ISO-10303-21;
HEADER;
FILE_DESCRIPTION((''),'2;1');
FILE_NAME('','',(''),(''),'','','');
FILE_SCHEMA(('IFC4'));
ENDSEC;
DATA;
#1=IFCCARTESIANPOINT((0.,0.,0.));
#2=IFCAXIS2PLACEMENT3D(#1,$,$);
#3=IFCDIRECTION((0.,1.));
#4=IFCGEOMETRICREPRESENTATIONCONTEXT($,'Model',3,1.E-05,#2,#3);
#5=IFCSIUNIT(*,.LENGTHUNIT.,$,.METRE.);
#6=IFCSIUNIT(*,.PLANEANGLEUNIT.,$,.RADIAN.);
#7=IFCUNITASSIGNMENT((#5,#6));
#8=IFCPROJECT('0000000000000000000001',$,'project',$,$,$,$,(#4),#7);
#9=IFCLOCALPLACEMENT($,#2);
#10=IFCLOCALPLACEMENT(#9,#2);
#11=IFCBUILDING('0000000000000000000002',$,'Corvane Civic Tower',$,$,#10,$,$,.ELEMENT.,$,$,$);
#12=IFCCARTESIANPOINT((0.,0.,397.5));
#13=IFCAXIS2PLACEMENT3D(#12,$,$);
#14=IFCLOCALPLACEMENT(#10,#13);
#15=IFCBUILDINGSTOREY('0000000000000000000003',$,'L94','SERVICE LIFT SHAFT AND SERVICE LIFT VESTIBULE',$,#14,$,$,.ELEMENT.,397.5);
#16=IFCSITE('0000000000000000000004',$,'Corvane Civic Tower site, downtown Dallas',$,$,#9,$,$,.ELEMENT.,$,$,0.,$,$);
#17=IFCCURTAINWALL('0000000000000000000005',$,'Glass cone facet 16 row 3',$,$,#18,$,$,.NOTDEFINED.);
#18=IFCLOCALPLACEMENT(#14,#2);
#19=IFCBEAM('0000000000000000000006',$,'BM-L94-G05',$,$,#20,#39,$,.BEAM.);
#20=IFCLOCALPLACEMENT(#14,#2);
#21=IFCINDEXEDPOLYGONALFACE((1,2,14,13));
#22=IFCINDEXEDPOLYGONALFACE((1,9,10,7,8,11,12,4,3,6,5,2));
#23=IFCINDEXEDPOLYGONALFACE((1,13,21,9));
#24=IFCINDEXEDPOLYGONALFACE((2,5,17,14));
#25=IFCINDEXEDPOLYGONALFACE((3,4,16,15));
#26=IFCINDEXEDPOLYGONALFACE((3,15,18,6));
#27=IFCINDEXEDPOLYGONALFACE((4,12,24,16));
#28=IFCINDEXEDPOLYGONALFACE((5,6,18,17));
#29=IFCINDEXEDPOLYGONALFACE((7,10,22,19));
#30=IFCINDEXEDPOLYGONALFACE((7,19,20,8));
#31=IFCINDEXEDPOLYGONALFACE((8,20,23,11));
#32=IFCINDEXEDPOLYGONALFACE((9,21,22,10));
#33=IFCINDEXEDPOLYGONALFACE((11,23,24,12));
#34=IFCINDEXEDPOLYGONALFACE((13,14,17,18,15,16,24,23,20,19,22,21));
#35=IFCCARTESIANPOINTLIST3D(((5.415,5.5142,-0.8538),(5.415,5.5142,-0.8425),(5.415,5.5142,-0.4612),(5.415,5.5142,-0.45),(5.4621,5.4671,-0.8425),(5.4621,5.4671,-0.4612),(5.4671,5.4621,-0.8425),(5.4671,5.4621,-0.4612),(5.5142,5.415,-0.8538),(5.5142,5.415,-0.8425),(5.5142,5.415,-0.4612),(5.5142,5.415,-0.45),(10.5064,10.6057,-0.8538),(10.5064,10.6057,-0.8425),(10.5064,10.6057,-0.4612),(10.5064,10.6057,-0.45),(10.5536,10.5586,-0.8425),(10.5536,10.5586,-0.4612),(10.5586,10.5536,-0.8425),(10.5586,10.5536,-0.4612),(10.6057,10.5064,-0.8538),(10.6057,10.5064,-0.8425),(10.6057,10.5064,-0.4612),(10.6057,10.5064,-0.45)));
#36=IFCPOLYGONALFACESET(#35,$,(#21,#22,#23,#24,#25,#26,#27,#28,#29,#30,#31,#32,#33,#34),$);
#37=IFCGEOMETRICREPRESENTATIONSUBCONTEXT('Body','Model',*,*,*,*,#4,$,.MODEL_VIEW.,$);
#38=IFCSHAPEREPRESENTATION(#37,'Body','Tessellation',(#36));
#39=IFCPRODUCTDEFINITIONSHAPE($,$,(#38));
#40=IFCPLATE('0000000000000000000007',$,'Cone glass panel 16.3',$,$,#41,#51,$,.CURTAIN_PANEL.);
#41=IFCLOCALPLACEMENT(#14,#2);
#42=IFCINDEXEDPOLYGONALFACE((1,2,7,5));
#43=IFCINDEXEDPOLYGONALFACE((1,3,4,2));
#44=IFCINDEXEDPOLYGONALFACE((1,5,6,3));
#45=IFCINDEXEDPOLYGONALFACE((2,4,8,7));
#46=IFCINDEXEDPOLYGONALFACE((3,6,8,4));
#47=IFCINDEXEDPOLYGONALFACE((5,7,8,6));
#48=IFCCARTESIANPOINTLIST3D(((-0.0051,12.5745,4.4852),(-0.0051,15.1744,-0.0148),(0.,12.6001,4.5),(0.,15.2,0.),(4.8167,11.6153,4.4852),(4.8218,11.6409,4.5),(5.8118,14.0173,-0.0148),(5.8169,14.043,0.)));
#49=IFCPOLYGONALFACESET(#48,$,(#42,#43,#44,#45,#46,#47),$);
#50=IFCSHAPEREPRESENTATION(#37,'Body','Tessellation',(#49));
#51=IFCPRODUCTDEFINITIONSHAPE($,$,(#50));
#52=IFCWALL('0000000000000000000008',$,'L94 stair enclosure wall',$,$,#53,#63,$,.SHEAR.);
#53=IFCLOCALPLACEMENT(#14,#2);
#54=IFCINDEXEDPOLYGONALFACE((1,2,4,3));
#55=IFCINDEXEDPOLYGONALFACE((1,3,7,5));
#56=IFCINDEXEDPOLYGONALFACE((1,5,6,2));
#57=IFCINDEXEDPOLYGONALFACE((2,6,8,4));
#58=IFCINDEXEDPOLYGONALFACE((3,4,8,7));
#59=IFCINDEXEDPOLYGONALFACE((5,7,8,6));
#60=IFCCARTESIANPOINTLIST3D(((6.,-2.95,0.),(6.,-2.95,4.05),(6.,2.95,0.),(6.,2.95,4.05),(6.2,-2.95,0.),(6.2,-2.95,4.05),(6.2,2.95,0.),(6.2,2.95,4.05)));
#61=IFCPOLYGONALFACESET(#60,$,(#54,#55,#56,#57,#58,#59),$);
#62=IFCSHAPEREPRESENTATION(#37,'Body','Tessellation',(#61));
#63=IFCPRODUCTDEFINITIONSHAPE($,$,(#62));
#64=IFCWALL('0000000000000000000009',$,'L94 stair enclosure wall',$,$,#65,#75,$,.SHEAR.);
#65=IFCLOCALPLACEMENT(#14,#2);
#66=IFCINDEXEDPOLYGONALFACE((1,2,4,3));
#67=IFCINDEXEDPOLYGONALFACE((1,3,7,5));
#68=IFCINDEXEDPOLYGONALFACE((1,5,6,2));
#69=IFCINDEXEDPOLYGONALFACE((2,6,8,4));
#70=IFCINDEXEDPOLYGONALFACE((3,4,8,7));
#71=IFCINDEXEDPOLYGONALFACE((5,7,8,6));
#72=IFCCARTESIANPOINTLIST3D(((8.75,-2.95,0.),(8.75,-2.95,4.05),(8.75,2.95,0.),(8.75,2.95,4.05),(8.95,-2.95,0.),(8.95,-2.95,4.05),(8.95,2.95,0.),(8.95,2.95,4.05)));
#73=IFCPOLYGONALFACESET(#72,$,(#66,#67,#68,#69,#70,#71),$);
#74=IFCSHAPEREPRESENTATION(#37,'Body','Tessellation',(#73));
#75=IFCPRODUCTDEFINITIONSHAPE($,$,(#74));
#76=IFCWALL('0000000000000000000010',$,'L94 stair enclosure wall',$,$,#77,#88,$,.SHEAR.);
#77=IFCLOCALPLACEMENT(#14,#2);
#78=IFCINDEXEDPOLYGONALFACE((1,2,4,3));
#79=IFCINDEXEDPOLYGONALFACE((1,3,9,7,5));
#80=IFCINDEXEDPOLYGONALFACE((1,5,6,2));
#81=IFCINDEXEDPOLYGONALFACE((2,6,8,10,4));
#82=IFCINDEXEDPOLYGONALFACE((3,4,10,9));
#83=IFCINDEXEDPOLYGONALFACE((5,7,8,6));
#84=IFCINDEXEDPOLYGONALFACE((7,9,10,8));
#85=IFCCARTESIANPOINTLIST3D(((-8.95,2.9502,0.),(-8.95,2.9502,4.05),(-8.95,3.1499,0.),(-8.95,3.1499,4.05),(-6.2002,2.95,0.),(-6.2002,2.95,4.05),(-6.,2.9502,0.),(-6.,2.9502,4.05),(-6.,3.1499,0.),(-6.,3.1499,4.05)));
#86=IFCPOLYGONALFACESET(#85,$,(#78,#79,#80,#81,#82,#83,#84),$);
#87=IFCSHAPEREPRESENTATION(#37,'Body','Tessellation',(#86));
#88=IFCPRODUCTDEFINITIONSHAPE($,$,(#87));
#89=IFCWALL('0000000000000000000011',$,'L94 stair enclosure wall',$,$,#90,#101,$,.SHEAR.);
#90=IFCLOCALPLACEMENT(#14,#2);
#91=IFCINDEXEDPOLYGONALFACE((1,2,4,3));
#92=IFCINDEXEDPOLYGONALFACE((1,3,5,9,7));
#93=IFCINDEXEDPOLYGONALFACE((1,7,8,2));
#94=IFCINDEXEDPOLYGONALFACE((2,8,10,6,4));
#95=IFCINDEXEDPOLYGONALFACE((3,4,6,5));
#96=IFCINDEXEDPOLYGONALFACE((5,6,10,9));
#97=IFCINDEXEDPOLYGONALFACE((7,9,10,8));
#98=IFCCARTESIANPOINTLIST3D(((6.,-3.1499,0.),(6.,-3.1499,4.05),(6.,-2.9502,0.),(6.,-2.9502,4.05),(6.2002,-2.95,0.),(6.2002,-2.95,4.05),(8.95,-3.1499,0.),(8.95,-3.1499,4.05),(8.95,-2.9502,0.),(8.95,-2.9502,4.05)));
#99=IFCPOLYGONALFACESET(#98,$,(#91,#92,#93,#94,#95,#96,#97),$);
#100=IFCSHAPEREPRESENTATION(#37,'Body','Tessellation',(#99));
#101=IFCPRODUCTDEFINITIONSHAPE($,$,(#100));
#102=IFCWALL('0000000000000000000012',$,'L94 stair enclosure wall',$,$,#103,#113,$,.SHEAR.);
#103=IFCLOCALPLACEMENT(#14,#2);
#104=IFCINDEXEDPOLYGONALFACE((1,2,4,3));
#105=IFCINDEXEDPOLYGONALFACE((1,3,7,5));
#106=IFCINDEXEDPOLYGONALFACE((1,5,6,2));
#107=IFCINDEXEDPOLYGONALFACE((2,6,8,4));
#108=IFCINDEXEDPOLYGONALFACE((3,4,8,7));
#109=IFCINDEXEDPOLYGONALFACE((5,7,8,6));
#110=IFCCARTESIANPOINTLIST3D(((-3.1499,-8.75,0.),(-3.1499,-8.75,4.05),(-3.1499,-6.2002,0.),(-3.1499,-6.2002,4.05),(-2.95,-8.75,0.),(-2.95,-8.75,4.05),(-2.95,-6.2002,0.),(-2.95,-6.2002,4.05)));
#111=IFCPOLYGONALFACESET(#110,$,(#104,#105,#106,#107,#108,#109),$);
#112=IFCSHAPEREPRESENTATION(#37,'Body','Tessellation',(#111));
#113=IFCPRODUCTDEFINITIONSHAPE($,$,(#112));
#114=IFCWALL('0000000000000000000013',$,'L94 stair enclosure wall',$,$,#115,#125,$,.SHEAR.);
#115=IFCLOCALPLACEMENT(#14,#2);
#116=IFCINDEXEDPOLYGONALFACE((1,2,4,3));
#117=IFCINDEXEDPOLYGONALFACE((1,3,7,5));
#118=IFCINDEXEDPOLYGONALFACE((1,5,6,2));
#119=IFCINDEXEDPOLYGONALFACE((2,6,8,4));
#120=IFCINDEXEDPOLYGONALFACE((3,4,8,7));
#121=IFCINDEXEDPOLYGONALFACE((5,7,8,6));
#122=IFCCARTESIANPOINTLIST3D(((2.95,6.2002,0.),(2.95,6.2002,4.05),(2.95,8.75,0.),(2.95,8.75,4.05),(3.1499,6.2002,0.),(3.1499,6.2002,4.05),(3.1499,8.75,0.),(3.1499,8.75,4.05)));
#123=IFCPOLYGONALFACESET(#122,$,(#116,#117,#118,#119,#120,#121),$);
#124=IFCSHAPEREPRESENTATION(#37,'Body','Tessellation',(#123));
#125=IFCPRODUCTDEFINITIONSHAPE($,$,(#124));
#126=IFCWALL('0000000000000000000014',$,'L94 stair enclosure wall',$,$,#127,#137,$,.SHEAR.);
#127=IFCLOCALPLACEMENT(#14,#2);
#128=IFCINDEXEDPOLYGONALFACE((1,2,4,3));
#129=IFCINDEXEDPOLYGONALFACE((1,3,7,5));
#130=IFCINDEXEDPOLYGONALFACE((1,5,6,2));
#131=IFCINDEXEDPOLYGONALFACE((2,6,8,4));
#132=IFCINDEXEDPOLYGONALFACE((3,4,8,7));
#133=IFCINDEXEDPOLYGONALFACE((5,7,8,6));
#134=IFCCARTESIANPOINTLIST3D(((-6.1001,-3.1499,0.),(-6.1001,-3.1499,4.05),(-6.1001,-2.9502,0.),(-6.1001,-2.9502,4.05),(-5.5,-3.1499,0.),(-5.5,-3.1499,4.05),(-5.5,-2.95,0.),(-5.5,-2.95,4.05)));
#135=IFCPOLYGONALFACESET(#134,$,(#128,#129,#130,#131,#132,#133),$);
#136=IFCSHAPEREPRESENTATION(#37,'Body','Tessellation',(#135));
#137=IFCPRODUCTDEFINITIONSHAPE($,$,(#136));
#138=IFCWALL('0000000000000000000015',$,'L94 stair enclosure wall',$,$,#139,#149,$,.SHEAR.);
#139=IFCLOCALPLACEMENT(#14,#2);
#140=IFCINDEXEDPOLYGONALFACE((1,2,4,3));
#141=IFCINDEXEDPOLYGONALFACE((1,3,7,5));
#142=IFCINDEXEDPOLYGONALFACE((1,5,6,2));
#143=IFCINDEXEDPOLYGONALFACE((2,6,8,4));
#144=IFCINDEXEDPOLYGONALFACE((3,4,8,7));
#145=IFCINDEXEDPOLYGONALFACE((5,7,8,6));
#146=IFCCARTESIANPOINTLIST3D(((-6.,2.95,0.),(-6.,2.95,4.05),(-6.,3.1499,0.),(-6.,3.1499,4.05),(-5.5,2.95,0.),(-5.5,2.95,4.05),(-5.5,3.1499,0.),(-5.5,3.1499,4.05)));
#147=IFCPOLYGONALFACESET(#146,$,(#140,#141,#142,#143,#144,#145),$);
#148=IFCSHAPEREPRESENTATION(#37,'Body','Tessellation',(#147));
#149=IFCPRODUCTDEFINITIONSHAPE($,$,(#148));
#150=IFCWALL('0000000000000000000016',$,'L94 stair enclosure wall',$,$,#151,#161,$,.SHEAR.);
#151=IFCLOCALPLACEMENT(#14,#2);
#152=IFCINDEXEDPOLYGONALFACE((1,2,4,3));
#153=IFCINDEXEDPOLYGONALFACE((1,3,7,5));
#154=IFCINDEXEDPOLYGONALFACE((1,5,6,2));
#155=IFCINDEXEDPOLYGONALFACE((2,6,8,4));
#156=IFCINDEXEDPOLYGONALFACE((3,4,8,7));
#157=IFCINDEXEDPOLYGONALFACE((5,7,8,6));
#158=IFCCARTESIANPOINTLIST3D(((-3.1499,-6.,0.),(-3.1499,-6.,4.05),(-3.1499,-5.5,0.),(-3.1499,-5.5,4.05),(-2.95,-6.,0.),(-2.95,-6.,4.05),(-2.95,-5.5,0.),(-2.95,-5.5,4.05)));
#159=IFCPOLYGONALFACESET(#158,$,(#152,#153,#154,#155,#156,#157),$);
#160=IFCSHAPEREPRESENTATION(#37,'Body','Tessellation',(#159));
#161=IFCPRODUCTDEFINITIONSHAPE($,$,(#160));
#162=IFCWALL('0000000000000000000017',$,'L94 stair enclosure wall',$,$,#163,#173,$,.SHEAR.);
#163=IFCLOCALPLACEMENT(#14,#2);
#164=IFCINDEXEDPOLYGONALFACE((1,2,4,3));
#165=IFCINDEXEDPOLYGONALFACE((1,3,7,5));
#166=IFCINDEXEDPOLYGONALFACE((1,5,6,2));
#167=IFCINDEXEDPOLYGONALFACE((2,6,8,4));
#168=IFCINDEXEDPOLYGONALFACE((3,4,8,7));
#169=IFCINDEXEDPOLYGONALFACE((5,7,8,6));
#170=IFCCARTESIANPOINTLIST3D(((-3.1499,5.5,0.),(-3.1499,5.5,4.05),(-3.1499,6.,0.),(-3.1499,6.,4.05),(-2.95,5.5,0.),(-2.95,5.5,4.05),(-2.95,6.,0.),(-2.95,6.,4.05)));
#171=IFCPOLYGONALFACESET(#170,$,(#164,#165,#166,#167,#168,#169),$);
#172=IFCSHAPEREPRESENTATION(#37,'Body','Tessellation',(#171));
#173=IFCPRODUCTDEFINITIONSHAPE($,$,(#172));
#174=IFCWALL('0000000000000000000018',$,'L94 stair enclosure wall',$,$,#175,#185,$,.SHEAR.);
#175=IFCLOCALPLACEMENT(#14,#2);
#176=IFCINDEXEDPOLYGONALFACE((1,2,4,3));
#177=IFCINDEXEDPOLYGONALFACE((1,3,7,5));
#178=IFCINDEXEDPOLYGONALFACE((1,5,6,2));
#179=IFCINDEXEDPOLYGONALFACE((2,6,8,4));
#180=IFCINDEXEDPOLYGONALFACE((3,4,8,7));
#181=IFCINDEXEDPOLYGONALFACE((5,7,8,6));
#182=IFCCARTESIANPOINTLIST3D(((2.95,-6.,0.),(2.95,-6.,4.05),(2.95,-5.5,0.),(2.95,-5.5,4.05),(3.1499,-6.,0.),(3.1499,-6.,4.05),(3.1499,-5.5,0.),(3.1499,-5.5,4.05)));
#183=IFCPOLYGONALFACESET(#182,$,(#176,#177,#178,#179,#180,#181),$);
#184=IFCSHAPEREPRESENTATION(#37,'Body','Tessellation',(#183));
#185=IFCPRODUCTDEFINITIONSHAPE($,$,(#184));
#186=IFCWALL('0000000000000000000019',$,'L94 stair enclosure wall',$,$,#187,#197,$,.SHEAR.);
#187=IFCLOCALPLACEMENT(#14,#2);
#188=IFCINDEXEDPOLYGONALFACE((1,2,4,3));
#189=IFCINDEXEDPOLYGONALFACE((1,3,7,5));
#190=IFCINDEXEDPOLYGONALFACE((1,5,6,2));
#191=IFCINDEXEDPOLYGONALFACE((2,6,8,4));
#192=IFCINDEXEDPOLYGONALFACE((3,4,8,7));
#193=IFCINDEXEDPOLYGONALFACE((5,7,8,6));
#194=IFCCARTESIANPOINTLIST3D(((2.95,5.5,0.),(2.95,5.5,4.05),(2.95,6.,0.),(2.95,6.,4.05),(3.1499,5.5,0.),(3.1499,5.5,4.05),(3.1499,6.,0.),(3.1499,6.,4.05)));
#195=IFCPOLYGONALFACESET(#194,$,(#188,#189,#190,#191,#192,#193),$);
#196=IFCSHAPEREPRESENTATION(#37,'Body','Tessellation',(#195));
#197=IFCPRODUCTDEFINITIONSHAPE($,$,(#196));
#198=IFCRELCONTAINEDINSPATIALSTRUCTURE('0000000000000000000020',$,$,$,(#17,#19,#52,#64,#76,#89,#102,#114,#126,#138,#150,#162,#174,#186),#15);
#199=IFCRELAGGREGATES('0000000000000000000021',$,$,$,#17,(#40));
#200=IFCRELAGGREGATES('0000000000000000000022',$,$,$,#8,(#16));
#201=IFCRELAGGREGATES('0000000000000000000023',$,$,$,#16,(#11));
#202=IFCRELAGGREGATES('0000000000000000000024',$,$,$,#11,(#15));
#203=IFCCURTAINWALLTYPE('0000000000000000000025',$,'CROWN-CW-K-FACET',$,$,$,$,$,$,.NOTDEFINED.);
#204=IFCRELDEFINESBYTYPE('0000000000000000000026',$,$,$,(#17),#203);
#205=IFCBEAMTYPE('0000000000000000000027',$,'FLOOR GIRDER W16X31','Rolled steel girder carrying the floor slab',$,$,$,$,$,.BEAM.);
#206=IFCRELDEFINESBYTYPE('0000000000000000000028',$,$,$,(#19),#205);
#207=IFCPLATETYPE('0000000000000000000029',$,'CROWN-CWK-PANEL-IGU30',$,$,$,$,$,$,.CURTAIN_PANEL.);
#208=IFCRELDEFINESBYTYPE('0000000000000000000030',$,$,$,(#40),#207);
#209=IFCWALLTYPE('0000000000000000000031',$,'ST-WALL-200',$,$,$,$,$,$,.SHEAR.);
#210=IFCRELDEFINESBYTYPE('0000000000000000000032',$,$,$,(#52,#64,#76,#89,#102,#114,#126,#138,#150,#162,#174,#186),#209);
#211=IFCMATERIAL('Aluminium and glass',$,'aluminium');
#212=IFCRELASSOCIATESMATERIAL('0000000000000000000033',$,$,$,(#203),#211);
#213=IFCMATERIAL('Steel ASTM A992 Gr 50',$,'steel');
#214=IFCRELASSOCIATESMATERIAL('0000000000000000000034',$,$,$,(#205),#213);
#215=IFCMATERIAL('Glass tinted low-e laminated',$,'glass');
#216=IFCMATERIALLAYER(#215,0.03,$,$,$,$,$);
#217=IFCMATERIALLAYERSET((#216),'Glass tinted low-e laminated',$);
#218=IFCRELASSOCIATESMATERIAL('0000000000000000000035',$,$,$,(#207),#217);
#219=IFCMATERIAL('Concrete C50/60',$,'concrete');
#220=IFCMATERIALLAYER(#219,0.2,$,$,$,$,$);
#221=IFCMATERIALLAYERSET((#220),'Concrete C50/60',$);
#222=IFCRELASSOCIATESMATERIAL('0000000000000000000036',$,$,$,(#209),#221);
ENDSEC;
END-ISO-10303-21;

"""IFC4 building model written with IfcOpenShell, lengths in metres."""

from ifc_helpers import new_model, si_unit, direction, frame, origin, origin_2d, place, context, subcontext, project, spatial, polyline, i_section, outline, extrude, material, layer, layer_set, material_profile, profile_set, type_object, element, aggregate, save


model = new_model("IFC4")

# Units and contexts
model_context = context("Model", 3, precision=1e-05, world=origin(), true_north=direction((0.0, 1.0)))
body_context = subcontext(model_context, "Body", "Model", "MODEL_VIEW")
ifc_project = project(units=[si_unit("LENGTHUNIT", "METRE"), si_unit("PLANEANGLEUNIT", "RADIAN")], contexts=[model_context])

# Site, building, storey
site_placement = place(None, origin())
site = spatial("IfcSite", under=ifc_project, at=site_placement, Name="Corvane Civic Tower site, downtown Dallas", CompositionType="ELEMENT", RefElevation=0.0)
building_placement = place(site_placement, origin())
building = spatial("IfcBuilding", under=site, at=building_placement, Name="Corvane Civic Tower", CompositionType="ELEMENT")
storey_placement = place(building_placement, frame((0.0, 0.0, 397.5)))
storey = spatial("IfcBuildingStorey", under=building, at=storey_placement, Name="L94", Description="SERVICE LIFT SHAFT AND SERVICE LIFT VESTIBULE", CompositionType="ELEMENT", Elevation=397.5)

# Curtain wall
ifc_material_1 = material(Name="Aluminium and glass", Category="aluminium")
curtain_wall_type = type_object("IfcCurtainWallType", Name="CROWN-CW-K-FACET", PredefinedType="NOTDEFINED", material=ifc_material_1)
curtain_wall_placement = place(storey_placement, origin())
curtain_wall = element("IfcCurtainWall", 1, at=curtain_wall_placement, inside=storey, type_object=curtain_wall_type, Name="Glass cone facet 16 row 3", PredefinedType="NOTDEFINED")

# Beam
ifc_material_2 = material(Name="Steel ASTM A992 Gr 50", Category="steel")
ifc_material_profile_1 = material_profile(ifc_material_2, i_section(OverallWidth=0.1404, OverallDepth=0.4038, WebThickness=0.0071, FlangeThickness=0.0112, at=origin_2d()), Name="W16X31")
ifc_profile_set_1 = profile_set([ifc_material_profile_1], Name="Steel ASTM A992 Gr 50")
beam_type_1 = type_object("IfcBeamType", Name="FLOOR GIRDER W16X31", Description="Rolled steel girder carrying the floor slab", PredefinedType="BEAM", material=ifc_profile_set_1)
beam_1_placement = place(storey_placement, frame((5.4646, 5.4646, -0.6519), z_axis=(0.707107, 0.707107, 0.0), x_axis=(-0.707107, 0.707107, 0.0)))
element("IfcBeam", 2, at=beam_1_placement, inside=storey, type_object=beam_type_1, Name="BM-L94-G05", PredefinedType="BEAM", context=body_context, shape_type="SweptSolid", body=[
    extrude(i_section(OverallWidth=0.1404, OverallDepth=0.4038, WebThickness=0.0071, FlangeThickness=0.0112, at=origin_2d()), origin(), (0.0, 0.0, 1.0), 7.2004),
])

# Plate
ifc_material_3 = material(Name="Glass tinted low-e laminated", Category="glass")
ifc_layer_1 = layer(ifc_material_3, 0.03)
ifc_layer_set_1 = layer_set([ifc_layer_1], Name="Glass tinted low-e laminated")
plate_type = type_object("IfcPlateType", Name="CROWN-CWK-PANEL-IGU30", PredefinedType="CURTAIN_PANEL", material=ifc_layer_set_1)
plate_placement = place(storey_placement, frame((5.8169, 14.043, 0.0), z_axis=(0.169737, 0.853305, 0.493011), x_axis=(-0.980785, 0.195091, 0.000007)))
plate = element("IfcPlate", 3, at=plate_placement, type_object=plate_type, Name="Cone glass panel 16.3", PredefinedType="CURTAIN_PANEL", context=body_context, shape_type="SweptSolid", body=[
    extrude(outline(polyline([(0.0, 0.0), (5.9308, 0.0), (5.4237, 5.1722), (0.5074, 5.1723), (0.0, 0.0)])), origin(), (0.0, 0.0, -1.0), 0.03),
])
aggregate(curtain_wall, [plate])

# Walls
ifc_material_4 = material(Name="Concrete C50/60", Category="concrete")
ifc_layer_2 = layer(ifc_material_4, 0.2)
ifc_layer_set_2 = layer_set([ifc_layer_2], Name="Concrete C50/60")
wall_type = type_object("IfcWallType", Name="ST-WALL-200", PredefinedType="SHEAR", material=ifc_layer_set_2)
wall_1_placement = place(storey_placement, origin())
element("IfcWall", 4, at=wall_1_placement, inside=storey, type_object=wall_type, Name="L94 stair enclosure wall", PredefinedType="SHEAR", context=body_context, shape_type="SweptSolid", body=[
    extrude(outline(polyline([(6.2, 2.95), (6.2, -2.95), (6.0, -2.95), (6.0, 2.95), (6.2, 2.95)])), origin(), (0.0, 0.0, 1.0), 4.05),
])
wall_2_placement = place(storey_placement, origin())
element("IfcWall", 5, at=wall_2_placement, inside=storey, type_object=wall_type, Name="L94 stair enclosure wall", PredefinedType="SHEAR", context=body_context, shape_type="SweptSolid", body=[
    extrude(outline(polyline([(8.95, 2.95), (8.95, -2.95), (8.75, -2.95), (8.75, 2.95), (8.95, 2.95)])), origin(), (0.0, 0.0, 1.0), 4.05),
])
wall_3_placement = place(storey_placement, origin())
element("IfcWall", 6, at=wall_3_placement, inside=storey, type_object=wall_type, Name="L94 stair enclosure wall", PredefinedType="SHEAR", context=body_context, shape_type="SweptSolid", body=[
    extrude(outline(polyline([(-6.0, 2.9502), (-6.2002, 2.95), (-8.95, 2.9502), (-8.95, 3.1499), (-6.0, 3.1499), (-6.0, 2.9502)])), origin(), (0.0, 0.0, 1.0), 4.05),
])
wall_4_placement = place(storey_placement, origin())
element("IfcWall", 7, at=wall_4_placement, inside=storey, type_object=wall_type, Name="L94 stair enclosure wall", PredefinedType="SHEAR", context=body_context, shape_type="SweptSolid", body=[
    extrude(outline(polyline([(8.95, -3.1499), (6.0, -3.1499), (6.0, -2.9502), (6.2002, -2.95), (8.95, -2.9502), (8.95, -3.1499)])), origin(), (0.0, 0.0, 1.0), 4.05),
])
wall_5_placement = place(storey_placement, origin())
element("IfcWall", 8, at=wall_5_placement, inside=storey, type_object=wall_type, Name="L94 stair enclosure wall", PredefinedType="SHEAR", context=body_context, shape_type="SweptSolid", body=[
    extrude(outline(polyline([(-2.95, -8.75), (-3.1499, -8.75), (-3.1499, -6.2002), (-2.95, -6.2002), (-2.95, -8.75)])), origin(), (0.0, 0.0, 1.0), 4.05),
])
wall_6_placement = place(storey_placement, origin())
element("IfcWall", 9, at=wall_6_placement, inside=storey, type_object=wall_type, Name="L94 stair enclosure wall", PredefinedType="SHEAR", context=body_context, shape_type="SweptSolid", body=[
    extrude(outline(polyline([(3.1499, 6.2002), (2.95, 6.2002), (2.95, 8.75), (3.1499, 8.75), (3.1499, 6.2002)])), origin(), (0.0, 0.0, 1.0), 4.05),
])
wall_7_placement = place(storey_placement, origin())
element("IfcWall", 10, at=wall_7_placement, inside=storey, type_object=wall_type, Name="L94 stair enclosure wall", PredefinedType="SHEAR", context=body_context, shape_type="SweptSolid", body=[
    extrude(outline(polyline([(-5.5, -3.1499), (-6.1001, -3.1499), (-6.1001, -2.9502), (-5.5, -2.95), (-5.5, -3.1499)])), origin(), (0.0, 0.0, 1.0), 4.05),
])
wall_8_placement = place(storey_placement, origin())
element("IfcWall", 11, at=wall_8_placement, inside=storey, type_object=wall_type, Name="L94 stair enclosure wall", PredefinedType="SHEAR", context=body_context, shape_type="SweptSolid", body=[
    extrude(outline(polyline([(-5.5, 2.95), (-6.0, 2.95), (-6.0, 3.1499), (-5.5, 3.1499), (-5.5, 2.95)])), origin(), (0.0, 0.0, 1.0), 4.05),
])
wall_9_placement = place(storey_placement, origin())
element("IfcWall", 12, at=wall_9_placement, inside=storey, type_object=wall_type, Name="L94 stair enclosure wall", PredefinedType="SHEAR", context=body_context, shape_type="SweptSolid", body=[
    extrude(outline(polyline([(-2.95, -5.5), (-2.95, -6.0), (-3.1499, -6.0), (-3.1499, -5.5), (-2.95, -5.5)])), origin(), (0.0, 0.0, 1.0), 4.05),
])
wall_10_placement = place(storey_placement, origin())
element("IfcWall", 13, at=wall_10_placement, inside=storey, type_object=wall_type, Name="L94 stair enclosure wall", PredefinedType="SHEAR", context=body_context, shape_type="SweptSolid", body=[
    extrude(outline(polyline([(-2.95, 5.5), (-3.1499, 5.5), (-3.1499, 6.0), (-2.95, 6.0), (-2.95, 5.5)])), origin(), (0.0, 0.0, 1.0), 4.05),
])
wall_11_placement = place(storey_placement, origin())
element("IfcWall", 14, at=wall_11_placement, inside=storey, type_object=wall_type, Name="L94 stair enclosure wall", PredefinedType="SHEAR", context=body_context, shape_type="SweptSolid", body=[
    extrude(outline(polyline([(3.1499, -5.5), (3.1499, -6.0), (2.95, -6.0), (2.95, -5.5), (3.1499, -5.5)])), origin(), (0.0, 0.0, 1.0), 4.05),
])
wall_12_placement = place(storey_placement, origin())
element("IfcWall", 15, at=wall_12_placement, inside=storey, type_object=wall_type, Name="L94 stair enclosure wall", PredefinedType="SHEAR", context=body_context, shape_type="SweptSolid", body=[
    extrude(outline(polyline([(3.1499, 5.5), (2.95, 5.5), (2.95, 6.0), (3.1499, 6.0), (3.1499, 5.5)])), origin(), (0.0, 0.0, 1.0), 4.05),
])

save(model, "model.ifc")
